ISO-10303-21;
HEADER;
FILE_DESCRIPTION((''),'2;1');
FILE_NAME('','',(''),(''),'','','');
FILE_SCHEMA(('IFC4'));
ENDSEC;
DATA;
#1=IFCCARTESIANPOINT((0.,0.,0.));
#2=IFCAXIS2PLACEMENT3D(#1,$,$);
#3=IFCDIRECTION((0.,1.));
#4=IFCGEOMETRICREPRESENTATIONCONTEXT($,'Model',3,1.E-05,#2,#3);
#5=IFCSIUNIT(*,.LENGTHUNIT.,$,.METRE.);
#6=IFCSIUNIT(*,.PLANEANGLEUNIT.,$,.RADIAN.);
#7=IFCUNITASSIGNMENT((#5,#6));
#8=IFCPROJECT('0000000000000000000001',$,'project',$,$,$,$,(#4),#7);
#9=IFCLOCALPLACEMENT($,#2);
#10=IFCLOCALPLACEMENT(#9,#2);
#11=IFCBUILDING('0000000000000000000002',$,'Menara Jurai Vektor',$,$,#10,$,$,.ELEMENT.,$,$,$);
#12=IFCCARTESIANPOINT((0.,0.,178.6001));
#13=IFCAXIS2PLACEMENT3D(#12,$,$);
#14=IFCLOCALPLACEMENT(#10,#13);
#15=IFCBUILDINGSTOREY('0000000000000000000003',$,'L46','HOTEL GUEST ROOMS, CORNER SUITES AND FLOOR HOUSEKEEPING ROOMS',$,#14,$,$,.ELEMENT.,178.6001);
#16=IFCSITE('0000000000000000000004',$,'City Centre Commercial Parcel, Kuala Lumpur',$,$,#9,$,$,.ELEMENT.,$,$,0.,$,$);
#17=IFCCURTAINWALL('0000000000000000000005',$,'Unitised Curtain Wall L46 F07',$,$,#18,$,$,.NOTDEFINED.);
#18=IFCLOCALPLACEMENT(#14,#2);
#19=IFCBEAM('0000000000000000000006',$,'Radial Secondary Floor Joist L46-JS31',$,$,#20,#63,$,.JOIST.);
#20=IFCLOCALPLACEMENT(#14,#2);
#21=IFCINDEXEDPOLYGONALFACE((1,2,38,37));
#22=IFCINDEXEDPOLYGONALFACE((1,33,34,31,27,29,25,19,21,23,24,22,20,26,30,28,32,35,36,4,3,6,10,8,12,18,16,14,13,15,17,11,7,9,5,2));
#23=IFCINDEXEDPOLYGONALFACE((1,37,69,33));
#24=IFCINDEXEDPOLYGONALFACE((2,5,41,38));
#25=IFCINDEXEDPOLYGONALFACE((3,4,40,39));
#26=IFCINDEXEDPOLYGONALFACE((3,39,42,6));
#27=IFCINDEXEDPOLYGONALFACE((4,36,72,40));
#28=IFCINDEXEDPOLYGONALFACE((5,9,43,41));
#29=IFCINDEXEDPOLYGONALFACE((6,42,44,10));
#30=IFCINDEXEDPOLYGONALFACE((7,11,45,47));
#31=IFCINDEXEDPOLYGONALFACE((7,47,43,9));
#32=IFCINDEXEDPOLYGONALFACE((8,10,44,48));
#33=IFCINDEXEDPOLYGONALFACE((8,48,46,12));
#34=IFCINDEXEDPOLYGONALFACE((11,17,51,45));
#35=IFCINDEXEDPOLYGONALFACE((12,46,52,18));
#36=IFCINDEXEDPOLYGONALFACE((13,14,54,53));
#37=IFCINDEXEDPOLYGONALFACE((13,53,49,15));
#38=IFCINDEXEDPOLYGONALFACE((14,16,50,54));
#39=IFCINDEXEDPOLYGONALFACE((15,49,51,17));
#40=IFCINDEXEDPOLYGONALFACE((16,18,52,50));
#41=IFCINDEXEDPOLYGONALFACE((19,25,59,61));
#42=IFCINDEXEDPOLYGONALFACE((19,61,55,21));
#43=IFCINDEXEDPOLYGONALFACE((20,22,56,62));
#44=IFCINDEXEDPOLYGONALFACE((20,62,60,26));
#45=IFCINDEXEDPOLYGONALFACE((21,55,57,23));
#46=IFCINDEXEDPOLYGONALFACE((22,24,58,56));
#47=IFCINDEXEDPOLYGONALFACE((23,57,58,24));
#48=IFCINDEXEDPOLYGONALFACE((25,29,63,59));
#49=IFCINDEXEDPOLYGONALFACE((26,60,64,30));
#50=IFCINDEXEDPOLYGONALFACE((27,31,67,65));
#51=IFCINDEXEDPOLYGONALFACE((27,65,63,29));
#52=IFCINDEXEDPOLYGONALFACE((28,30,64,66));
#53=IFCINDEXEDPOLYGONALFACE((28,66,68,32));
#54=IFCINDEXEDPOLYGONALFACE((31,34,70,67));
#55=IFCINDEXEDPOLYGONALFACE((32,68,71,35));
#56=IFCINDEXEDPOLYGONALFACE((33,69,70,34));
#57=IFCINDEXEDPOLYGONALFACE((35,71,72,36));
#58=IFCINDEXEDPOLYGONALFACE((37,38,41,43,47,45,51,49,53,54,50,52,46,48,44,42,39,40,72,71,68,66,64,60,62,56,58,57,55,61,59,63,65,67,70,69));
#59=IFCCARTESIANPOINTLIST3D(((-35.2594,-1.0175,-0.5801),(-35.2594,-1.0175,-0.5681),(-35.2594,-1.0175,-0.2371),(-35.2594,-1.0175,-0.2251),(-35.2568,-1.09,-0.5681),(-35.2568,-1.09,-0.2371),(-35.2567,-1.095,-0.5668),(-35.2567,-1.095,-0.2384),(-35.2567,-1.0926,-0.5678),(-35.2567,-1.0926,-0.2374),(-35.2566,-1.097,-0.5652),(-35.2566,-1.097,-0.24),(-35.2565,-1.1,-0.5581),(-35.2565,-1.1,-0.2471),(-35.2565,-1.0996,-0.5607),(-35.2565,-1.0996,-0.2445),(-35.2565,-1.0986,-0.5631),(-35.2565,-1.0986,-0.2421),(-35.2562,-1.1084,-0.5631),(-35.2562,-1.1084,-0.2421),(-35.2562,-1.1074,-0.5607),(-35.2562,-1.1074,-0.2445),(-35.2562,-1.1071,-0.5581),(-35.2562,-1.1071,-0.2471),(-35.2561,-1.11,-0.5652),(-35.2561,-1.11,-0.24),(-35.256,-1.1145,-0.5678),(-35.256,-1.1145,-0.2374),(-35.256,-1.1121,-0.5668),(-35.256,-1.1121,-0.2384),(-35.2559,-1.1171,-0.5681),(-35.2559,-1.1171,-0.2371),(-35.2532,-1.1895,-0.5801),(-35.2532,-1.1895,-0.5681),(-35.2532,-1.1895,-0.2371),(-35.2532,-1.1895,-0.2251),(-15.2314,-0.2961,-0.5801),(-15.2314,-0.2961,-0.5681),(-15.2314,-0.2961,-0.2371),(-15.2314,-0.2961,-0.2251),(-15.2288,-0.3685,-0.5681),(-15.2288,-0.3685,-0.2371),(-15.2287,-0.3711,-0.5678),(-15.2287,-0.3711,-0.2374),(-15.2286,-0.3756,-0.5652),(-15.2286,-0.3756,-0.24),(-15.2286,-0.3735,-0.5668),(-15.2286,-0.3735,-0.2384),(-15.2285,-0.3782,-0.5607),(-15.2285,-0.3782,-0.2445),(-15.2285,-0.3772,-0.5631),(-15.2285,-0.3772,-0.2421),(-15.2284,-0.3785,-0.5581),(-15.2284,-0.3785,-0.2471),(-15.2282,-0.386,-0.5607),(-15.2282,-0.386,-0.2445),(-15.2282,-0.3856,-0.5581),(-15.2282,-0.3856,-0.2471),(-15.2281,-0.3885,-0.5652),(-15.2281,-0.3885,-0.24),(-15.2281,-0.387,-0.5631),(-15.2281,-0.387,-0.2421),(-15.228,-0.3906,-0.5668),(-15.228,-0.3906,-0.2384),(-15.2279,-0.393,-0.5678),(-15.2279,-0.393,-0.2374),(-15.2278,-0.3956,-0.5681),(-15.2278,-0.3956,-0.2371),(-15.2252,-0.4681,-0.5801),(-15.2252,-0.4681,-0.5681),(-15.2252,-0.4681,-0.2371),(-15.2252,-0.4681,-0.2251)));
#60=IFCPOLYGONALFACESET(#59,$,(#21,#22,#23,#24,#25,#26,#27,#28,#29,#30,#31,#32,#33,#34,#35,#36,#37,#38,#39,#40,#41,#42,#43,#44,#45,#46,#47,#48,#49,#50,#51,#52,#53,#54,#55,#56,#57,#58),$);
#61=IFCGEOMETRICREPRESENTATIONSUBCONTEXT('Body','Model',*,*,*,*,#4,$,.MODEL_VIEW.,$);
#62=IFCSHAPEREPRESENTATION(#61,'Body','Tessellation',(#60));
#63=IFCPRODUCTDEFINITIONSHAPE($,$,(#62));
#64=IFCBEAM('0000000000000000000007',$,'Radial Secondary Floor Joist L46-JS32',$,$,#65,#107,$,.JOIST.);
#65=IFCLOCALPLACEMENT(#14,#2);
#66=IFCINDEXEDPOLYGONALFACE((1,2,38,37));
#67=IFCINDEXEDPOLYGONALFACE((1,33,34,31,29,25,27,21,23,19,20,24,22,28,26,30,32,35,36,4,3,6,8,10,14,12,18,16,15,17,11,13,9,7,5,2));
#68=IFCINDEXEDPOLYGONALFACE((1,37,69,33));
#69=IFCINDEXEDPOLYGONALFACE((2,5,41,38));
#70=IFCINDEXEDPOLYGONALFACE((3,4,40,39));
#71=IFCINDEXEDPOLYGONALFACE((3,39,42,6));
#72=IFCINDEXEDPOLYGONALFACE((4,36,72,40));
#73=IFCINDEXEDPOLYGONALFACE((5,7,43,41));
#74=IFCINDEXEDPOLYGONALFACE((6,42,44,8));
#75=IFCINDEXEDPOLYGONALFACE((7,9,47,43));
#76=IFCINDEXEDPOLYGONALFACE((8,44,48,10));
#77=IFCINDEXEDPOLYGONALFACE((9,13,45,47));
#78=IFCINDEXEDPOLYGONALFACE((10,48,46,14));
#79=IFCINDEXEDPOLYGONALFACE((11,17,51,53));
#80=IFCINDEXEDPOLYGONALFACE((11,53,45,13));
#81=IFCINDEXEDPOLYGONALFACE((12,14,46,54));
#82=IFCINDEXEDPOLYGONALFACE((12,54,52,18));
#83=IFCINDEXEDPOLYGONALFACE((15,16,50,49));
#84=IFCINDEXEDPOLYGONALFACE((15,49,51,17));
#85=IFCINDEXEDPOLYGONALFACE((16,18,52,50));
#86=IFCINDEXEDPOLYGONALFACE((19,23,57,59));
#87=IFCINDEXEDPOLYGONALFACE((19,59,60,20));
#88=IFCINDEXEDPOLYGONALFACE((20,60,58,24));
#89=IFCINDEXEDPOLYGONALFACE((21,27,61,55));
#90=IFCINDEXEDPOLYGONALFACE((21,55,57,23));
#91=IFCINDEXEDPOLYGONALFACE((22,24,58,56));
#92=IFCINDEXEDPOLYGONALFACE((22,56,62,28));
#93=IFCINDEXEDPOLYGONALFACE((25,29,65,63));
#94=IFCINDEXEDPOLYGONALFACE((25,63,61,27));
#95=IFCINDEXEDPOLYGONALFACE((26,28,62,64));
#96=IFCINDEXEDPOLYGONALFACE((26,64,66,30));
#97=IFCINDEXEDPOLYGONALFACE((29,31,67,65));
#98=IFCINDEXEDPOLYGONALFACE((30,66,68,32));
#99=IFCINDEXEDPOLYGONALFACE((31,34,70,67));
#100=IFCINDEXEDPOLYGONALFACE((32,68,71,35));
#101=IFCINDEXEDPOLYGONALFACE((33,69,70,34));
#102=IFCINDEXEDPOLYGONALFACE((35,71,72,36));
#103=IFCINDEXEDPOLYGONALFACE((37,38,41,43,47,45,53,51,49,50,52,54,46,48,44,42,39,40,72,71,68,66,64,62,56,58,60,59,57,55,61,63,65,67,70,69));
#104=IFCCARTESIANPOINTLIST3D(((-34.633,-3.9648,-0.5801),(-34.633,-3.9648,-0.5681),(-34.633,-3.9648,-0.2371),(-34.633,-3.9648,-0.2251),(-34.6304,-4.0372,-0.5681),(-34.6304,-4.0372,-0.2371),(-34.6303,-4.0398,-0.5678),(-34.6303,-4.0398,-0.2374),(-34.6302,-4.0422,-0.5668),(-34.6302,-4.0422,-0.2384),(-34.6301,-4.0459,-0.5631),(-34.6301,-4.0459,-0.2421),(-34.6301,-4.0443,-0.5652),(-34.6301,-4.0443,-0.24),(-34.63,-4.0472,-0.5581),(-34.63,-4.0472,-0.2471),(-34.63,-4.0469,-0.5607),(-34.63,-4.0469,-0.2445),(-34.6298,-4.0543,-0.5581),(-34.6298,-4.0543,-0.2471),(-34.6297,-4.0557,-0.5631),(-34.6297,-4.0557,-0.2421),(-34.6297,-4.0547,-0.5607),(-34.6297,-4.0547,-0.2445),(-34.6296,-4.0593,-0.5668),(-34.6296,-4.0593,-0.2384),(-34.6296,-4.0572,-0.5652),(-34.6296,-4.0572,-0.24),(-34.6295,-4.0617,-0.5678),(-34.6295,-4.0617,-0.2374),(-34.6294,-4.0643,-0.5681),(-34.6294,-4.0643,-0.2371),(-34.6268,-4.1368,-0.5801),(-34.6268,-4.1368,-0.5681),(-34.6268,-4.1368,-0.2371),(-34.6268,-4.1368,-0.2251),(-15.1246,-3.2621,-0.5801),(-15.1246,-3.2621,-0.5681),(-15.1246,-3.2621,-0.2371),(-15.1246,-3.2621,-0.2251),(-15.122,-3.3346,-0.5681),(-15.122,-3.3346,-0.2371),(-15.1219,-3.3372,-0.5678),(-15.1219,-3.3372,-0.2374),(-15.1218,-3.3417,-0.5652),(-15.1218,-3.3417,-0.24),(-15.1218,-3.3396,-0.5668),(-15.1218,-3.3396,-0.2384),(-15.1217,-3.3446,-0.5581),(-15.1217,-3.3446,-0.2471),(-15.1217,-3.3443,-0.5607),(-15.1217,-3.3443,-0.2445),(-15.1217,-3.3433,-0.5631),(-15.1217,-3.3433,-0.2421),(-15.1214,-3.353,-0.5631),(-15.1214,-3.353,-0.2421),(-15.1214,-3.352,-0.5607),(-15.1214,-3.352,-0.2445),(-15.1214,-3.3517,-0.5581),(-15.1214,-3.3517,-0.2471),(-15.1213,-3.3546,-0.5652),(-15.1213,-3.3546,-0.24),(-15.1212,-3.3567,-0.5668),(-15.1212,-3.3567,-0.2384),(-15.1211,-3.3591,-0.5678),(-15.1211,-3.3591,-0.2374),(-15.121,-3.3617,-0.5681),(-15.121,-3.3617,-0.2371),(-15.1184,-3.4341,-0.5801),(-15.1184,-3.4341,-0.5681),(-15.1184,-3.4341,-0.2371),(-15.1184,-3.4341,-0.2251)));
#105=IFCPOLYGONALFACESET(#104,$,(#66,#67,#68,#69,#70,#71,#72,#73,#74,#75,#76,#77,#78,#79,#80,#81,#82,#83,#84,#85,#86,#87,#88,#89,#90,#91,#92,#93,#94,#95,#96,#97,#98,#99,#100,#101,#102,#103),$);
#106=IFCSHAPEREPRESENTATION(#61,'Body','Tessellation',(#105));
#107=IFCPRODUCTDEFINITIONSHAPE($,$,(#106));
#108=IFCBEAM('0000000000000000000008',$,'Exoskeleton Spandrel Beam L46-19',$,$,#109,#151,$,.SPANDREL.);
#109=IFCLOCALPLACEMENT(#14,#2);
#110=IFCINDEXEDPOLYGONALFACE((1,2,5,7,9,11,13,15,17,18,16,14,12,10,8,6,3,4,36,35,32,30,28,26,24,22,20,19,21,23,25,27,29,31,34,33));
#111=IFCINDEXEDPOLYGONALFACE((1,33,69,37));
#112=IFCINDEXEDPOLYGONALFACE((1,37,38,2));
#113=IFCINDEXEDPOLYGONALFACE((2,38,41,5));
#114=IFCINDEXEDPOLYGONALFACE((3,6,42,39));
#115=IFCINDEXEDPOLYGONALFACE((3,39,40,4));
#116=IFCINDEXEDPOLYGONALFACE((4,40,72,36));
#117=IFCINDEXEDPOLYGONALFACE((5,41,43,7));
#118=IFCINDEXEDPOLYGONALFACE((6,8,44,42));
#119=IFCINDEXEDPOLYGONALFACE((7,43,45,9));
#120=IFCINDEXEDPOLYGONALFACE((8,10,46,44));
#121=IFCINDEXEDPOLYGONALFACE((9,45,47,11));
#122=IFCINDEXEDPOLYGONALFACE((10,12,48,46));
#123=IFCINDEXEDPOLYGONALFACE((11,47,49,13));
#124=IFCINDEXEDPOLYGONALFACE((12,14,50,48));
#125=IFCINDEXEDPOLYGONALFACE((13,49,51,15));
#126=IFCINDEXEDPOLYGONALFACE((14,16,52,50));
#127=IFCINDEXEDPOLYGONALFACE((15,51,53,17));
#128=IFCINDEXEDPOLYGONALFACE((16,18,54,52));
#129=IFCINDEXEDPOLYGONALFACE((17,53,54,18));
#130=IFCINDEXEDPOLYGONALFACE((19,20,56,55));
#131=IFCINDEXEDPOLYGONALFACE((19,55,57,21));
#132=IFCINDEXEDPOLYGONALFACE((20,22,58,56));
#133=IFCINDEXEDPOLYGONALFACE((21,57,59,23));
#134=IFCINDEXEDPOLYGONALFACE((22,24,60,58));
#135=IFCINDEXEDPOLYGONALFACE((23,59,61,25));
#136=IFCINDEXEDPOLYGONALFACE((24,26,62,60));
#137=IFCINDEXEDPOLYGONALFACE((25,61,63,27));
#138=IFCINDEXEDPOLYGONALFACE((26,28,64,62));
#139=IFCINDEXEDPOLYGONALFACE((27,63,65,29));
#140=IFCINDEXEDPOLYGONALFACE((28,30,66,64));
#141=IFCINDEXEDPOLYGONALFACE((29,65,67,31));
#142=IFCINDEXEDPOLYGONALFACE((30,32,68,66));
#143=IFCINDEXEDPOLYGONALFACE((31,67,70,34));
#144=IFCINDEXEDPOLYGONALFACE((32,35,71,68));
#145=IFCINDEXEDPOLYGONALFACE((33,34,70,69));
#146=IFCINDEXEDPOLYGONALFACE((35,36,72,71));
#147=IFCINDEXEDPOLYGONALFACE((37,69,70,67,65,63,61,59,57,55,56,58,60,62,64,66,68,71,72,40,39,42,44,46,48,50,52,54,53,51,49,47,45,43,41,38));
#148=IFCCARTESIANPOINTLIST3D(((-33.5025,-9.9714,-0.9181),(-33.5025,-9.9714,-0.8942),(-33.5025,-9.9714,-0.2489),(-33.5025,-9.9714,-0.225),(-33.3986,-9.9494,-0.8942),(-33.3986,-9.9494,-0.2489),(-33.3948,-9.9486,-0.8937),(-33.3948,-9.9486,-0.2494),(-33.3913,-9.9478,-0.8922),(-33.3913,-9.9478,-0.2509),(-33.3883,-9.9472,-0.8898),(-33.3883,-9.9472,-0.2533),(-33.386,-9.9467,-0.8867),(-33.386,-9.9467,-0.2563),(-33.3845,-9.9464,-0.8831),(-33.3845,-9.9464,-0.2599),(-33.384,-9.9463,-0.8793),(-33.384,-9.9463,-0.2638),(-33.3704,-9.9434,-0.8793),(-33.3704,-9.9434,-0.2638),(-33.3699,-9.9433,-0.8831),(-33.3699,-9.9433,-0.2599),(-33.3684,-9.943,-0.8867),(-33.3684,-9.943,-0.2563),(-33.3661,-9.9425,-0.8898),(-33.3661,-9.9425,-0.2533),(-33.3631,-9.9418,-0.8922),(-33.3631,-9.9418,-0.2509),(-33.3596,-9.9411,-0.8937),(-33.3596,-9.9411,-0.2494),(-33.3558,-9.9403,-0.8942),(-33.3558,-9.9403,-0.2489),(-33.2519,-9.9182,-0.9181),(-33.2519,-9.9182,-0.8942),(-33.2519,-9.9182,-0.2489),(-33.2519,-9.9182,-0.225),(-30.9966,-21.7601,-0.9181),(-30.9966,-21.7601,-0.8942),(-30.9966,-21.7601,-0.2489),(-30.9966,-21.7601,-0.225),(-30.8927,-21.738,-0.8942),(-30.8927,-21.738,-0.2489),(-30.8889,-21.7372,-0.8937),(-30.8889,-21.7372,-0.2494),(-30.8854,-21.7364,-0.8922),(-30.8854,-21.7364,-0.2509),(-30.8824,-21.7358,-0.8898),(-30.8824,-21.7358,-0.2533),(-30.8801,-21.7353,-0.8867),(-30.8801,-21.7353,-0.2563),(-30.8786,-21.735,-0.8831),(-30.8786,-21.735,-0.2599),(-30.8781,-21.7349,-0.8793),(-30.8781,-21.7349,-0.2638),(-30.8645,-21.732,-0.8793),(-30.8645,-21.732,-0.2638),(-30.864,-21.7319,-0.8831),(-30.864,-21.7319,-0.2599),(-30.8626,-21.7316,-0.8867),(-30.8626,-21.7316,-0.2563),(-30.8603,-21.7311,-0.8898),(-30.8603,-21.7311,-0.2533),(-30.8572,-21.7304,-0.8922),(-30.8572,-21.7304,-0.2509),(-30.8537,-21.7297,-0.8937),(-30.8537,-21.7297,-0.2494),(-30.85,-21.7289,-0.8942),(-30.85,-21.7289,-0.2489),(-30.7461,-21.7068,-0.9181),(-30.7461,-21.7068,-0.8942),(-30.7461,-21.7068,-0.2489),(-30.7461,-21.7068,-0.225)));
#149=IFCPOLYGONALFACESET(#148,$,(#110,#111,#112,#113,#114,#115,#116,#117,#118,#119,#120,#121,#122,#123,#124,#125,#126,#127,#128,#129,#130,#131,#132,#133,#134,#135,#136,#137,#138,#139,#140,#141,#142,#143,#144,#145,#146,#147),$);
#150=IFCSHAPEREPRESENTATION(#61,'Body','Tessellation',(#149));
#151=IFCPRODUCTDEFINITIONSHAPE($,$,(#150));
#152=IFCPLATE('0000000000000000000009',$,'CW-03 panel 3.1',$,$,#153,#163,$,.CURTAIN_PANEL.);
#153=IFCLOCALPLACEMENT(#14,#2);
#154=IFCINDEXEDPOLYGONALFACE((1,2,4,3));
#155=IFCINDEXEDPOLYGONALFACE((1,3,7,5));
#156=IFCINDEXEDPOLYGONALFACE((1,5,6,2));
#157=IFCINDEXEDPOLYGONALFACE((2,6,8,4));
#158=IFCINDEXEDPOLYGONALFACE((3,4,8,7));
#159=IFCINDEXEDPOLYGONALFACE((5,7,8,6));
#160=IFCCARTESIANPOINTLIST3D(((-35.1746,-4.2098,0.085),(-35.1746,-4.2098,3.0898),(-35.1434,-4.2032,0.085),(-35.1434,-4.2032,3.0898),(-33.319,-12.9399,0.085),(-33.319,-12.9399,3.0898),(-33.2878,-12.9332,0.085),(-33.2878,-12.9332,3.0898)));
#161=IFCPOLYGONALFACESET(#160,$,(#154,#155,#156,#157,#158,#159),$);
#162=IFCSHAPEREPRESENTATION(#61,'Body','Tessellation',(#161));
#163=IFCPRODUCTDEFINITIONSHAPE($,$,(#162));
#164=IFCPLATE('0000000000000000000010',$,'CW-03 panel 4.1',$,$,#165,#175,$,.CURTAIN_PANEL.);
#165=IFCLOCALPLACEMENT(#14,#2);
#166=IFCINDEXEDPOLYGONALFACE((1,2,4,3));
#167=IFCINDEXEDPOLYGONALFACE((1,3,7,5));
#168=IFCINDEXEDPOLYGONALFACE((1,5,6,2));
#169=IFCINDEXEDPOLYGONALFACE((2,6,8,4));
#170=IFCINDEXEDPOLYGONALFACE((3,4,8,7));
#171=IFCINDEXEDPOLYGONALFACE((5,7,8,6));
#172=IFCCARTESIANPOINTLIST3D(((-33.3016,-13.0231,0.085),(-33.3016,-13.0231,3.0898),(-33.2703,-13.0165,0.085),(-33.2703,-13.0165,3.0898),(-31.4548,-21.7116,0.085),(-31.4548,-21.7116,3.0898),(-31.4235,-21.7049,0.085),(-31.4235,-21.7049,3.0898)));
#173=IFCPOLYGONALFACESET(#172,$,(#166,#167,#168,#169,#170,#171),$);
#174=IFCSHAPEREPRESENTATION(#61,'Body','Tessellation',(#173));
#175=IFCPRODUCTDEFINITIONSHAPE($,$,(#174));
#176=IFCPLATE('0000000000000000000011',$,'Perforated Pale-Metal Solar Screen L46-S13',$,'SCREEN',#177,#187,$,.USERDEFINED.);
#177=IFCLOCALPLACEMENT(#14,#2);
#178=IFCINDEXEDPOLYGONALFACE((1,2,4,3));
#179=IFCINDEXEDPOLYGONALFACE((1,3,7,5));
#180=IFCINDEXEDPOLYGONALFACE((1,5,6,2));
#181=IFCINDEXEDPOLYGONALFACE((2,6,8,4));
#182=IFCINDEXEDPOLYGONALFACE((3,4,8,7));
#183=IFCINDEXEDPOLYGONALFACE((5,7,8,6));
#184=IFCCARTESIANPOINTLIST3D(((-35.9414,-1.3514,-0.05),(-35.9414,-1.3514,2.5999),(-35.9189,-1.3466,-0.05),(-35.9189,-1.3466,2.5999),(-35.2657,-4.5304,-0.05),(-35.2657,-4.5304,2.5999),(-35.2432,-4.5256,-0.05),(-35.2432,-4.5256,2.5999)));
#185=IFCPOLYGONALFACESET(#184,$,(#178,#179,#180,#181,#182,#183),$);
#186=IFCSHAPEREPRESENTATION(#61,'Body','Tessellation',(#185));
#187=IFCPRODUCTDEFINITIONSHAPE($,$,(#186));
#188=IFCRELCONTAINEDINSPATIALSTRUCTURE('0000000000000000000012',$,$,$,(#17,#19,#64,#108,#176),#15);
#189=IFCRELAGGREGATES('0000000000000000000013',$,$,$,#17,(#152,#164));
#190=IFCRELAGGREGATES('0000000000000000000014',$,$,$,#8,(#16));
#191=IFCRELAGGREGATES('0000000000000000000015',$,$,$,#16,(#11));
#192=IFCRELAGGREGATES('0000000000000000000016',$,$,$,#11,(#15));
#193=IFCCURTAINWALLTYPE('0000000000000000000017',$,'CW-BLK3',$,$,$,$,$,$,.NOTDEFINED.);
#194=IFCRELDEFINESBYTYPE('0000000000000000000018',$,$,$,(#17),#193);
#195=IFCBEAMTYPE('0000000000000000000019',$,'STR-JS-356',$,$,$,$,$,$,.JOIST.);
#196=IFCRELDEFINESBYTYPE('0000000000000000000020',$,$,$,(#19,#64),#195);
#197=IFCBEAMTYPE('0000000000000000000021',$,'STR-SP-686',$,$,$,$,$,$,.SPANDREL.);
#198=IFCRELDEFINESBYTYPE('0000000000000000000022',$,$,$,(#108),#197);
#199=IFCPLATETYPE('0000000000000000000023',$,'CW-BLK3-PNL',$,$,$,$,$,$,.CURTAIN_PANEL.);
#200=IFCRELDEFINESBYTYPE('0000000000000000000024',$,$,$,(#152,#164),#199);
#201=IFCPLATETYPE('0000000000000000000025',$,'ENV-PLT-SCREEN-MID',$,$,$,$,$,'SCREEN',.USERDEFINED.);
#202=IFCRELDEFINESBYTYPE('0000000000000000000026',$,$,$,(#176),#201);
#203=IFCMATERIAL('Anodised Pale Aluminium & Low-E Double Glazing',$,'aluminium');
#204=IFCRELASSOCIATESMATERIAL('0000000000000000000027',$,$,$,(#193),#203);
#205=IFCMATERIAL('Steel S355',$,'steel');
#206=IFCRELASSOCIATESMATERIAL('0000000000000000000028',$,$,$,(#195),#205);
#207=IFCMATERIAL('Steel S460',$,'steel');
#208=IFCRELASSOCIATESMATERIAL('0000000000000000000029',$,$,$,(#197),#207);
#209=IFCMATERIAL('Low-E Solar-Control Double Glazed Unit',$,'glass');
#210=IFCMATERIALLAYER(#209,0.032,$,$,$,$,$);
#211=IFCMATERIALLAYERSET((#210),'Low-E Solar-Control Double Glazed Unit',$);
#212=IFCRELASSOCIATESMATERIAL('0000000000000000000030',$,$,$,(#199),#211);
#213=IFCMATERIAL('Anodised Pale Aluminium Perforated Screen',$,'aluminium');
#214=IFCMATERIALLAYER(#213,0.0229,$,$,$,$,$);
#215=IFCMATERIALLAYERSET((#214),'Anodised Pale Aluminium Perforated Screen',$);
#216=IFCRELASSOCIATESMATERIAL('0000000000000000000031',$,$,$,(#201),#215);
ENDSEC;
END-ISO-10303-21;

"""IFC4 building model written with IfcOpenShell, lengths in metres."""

from ifc_helpers import new_model, si_unit, direction, frame, origin, origin_2d, place, context, subcontext, project, spatial, rectangle, i_section, extrude, material, layer, layer_set, material_profile, profile_set, type_object, element, aggregate, save


model = new_model("IFC4")

# Units and contexts
model_context = context("Model", 3, precision=1e-05, world=origin(), true_north=direction((0.0, 1.0)))
body_context = subcontext(model_context, "Body", "Model", "MODEL_VIEW")
ifc_project = project(units=[si_unit("LENGTHUNIT", "METRE"), si_unit("PLANEANGLEUNIT", "RADIAN")], contexts=[model_context])

# Site, building, storey
site_placement = place(None, origin())
site = spatial("IfcSite", under=ifc_project, at=site_placement, Name="City Centre Commercial Parcel, Kuala Lumpur", CompositionType="ELEMENT", RefElevation=0.0)
building_placement = place(site_placement, origin())
building = spatial("IfcBuilding", under=site, at=building_placement, Name="Menara Jurai Vektor", CompositionType="ELEMENT")
storey_placement = place(building_placement, frame((0.0, 0.0, 178.6001)))
storey = spatial("IfcBuildingStorey", under=building, at=storey_placement, Name="L46", Description="HOTEL GUEST ROOMS, CORNER SUITES AND FLOOR HOUSEKEEPING ROOMS", CompositionType="ELEMENT", Elevation=178.6001)

# Shared definitions
ifc_material_1 = material(Name="Steel S460", Category="steel")

# Curtain wall
ifc_material_2 = material(Name="Anodised Pale Aluminium & Low-E Double Glazing", Category="aluminium")
curtain_wall_type = type_object("IfcCurtainWallType", Name="CW-BLK3", PredefinedType="NOTDEFINED", material=ifc_material_2)
curtain_wall_placement = place(storey_placement, origin())
curtain_wall = element("IfcCurtainWall", 1, at=curtain_wall_placement, inside=storey, type_object=curtain_wall_type, Name="Unitised Curtain Wall L46 F07", PredefinedType="NOTDEFINED")

# Beams
ifc_material_3 = material(Name="Steel S355", Category="steel")
ifc_material_profile_1 = material_profile(ifc_material_3, i_section(OverallWidth=0.1721, OverallDepth=0.355, WebThickness=0.0071, FlangeThickness=0.012, FilletRadius=0.01, at=origin_2d()), Name="UKB 356x171x51")
ifc_profile_set_1 = profile_set([ifc_material_profile_1], Name="Steel S355")
beam_type_1 = type_object("IfcBeamType", Name="STR-JS-356", PredefinedType="JOIST", material=ifc_profile_set_1)
beam_1_placement = place(storey_placement, frame((-35.2563, -1.1035, -0.4026), z_axis=(0.999352, 0.035998, 0.0), x_axis=(-0.035998, 0.999352, 0.0)))
element("IfcBeam", 2, at=beam_1_placement, inside=storey, type_object=beam_type_1, Name="Radial Secondary Floor Joist L46-JS31", PredefinedType="JOIST", context=body_context, shape_type="SweptSolid", body=[
    extrude(i_section(OverallWidth=0.1721, OverallDepth=0.355, WebThickness=0.0071, FlangeThickness=0.012, FilletRadius=0.01, at=origin_2d()), origin(), (0.0, 0.0, 1.0), 20.041),
])
beam_2_placement = place(storey_placement, frame((-34.6299, -4.0508, -0.4026), z_axis=(0.999352, 0.035994, 0.0), x_axis=(-0.035994, 0.999352, 0.0)))
element("IfcBeam", 3, at=beam_2_placement, inside=storey, type_object=beam_type_1, Name="Radial Secondary Floor Joist L46-JS32", PredefinedType="JOIST", context=body_context, shape_type="SweptSolid", body=[
    extrude(i_section(OverallWidth=0.1721, OverallDepth=0.355, WebThickness=0.0071, FlangeThickness=0.012, FilletRadius=0.01, at=origin_2d()), origin(), (0.0, 0.0, 1.0), 19.521),
])
ifc_material_profile_2 = material_profile(ifc_material_1, i_section(OverallWidth=0.2561, OverallDepth=0.6931, WebThickness=0.0139, FlangeThickness=0.0239, FilletRadius=0.0149, at=origin_2d()), Name="UKB 686x254x170")
ifc_profile_set_2 = profile_set([ifc_material_profile_2], Name="Steel S460")
beam_type_2 = type_object("IfcBeamType", Name="STR-SP-686", PredefinedType="SPANDREL", material=ifc_profile_set_2)
beam_3_placement = place(storey_placement, frame((-33.3772, -9.9448, -0.5715), z_axis=(0.207921, -0.978146, 0.0), x_axis=(0.978146, 0.207921, 0.0)))
element("IfcBeam", 4, at=beam_3_placement, inside=storey, type_object=beam_type_2, Name="Exoskeleton Spandrel Beam L46-19", PredefinedType="SPANDREL", context=body_context, shape_type="SweptSolid", body=[
    extrude(i_section(OverallWidth=0.2561, OverallDepth=0.6931, WebThickness=0.0139, FlangeThickness=0.0239, FilletRadius=0.0149, at=origin_2d()), origin(), (0.0, 0.0, 1.0), 12.052),
])

# Plates
ifc_material_4 = material(Name="Low-E Solar-Control Double Glazed Unit", Category="glass")
ifc_layer_1 = layer(ifc_material_4, 0.032)
ifc_layer_set_1 = layer_set([ifc_layer_1], Name="Low-E Solar-Control Double Glazed Unit")
plate_type_1 = type_object("IfcPlateType", Name="CW-BLK3-PNL", PredefinedType="CURTAIN_PANEL", material=ifc_layer_set_1)
plate_1_placement = place(storey_placement, frame((-34.2312, -8.5715, 0.085), z_axis=(0.0, 0.0, 1.0), x_axis=(0.20791, -0.978148, 0.0)))
plate_1 = element("IfcPlate", 5, at=plate_1_placement, type_object=plate_type_1, Name="CW-03 panel 3.1", PredefinedType="CURTAIN_PANEL", context=body_context, shape_type="SweptSolid", body=[
    extrude(rectangle(XDim=8.925, YDim=0.032, at=origin_2d()), origin(), (0.0, 0.0, 1.0), 3.0049),
])
plate_2_placement = place(storey_placement, frame((-32.3625, -17.364, 0.085), z_axis=(0.0, 0.0, 1.0), x_axis=(0.20791, -0.978148, 0.0)))
plate_2 = element("IfcPlate", 6, at=plate_2_placement, type_object=plate_type_1, Name="CW-03 panel 4.1", PredefinedType="CURTAIN_PANEL", context=body_context, shape_type="SweptSolid", body=[
    extrude(rectangle(XDim=8.8826, YDim=0.032, at=origin_2d()), origin(), (0.0, 0.0, 1.0), 3.0049),
])
aggregate(curtain_wall, [plate_1, plate_2])

# Plate
ifc_material_5 = material(Name="Anodised Pale Aluminium Perforated Screen", Category="aluminium")
ifc_layer_2 = layer(ifc_material_5, 0.0229)
ifc_layer_set_2 = layer_set([ifc_layer_2], Name="Anodised Pale Aluminium Perforated Screen")
plate_type_2 = type_object("IfcPlateType", Name="ENV-PLT-SCREEN-MID", ElementType="SCREEN", PredefinedType="USERDEFINED", material=ifc_layer_set_2)
for number, where, z_axis, x_axis, name in (
    (7, (-35.5923, -2.9385, -0.05), (0.0, 0.0, 1.0), (0.207912, -0.978148, 0.0), "Perforated Pale-Metal Solar Screen L46-S13"),
):
    element("IfcPlate", number, at=place(storey_placement, frame(where, z_axis=z_axis, x_axis=x_axis)), inside=storey, type_object=plate_type_2, Name=name, ObjectType="SCREEN", PredefinedType="USERDEFINED", context=body_context, shape_type="SweptSolid", body=[
        extrude(rectangle(XDim=3.25, YDim=0.0229, at=origin_2d()), origin(), (0.0, 0.0, 1.0), 2.6499),
    ])

save(model, "model.ifc")
